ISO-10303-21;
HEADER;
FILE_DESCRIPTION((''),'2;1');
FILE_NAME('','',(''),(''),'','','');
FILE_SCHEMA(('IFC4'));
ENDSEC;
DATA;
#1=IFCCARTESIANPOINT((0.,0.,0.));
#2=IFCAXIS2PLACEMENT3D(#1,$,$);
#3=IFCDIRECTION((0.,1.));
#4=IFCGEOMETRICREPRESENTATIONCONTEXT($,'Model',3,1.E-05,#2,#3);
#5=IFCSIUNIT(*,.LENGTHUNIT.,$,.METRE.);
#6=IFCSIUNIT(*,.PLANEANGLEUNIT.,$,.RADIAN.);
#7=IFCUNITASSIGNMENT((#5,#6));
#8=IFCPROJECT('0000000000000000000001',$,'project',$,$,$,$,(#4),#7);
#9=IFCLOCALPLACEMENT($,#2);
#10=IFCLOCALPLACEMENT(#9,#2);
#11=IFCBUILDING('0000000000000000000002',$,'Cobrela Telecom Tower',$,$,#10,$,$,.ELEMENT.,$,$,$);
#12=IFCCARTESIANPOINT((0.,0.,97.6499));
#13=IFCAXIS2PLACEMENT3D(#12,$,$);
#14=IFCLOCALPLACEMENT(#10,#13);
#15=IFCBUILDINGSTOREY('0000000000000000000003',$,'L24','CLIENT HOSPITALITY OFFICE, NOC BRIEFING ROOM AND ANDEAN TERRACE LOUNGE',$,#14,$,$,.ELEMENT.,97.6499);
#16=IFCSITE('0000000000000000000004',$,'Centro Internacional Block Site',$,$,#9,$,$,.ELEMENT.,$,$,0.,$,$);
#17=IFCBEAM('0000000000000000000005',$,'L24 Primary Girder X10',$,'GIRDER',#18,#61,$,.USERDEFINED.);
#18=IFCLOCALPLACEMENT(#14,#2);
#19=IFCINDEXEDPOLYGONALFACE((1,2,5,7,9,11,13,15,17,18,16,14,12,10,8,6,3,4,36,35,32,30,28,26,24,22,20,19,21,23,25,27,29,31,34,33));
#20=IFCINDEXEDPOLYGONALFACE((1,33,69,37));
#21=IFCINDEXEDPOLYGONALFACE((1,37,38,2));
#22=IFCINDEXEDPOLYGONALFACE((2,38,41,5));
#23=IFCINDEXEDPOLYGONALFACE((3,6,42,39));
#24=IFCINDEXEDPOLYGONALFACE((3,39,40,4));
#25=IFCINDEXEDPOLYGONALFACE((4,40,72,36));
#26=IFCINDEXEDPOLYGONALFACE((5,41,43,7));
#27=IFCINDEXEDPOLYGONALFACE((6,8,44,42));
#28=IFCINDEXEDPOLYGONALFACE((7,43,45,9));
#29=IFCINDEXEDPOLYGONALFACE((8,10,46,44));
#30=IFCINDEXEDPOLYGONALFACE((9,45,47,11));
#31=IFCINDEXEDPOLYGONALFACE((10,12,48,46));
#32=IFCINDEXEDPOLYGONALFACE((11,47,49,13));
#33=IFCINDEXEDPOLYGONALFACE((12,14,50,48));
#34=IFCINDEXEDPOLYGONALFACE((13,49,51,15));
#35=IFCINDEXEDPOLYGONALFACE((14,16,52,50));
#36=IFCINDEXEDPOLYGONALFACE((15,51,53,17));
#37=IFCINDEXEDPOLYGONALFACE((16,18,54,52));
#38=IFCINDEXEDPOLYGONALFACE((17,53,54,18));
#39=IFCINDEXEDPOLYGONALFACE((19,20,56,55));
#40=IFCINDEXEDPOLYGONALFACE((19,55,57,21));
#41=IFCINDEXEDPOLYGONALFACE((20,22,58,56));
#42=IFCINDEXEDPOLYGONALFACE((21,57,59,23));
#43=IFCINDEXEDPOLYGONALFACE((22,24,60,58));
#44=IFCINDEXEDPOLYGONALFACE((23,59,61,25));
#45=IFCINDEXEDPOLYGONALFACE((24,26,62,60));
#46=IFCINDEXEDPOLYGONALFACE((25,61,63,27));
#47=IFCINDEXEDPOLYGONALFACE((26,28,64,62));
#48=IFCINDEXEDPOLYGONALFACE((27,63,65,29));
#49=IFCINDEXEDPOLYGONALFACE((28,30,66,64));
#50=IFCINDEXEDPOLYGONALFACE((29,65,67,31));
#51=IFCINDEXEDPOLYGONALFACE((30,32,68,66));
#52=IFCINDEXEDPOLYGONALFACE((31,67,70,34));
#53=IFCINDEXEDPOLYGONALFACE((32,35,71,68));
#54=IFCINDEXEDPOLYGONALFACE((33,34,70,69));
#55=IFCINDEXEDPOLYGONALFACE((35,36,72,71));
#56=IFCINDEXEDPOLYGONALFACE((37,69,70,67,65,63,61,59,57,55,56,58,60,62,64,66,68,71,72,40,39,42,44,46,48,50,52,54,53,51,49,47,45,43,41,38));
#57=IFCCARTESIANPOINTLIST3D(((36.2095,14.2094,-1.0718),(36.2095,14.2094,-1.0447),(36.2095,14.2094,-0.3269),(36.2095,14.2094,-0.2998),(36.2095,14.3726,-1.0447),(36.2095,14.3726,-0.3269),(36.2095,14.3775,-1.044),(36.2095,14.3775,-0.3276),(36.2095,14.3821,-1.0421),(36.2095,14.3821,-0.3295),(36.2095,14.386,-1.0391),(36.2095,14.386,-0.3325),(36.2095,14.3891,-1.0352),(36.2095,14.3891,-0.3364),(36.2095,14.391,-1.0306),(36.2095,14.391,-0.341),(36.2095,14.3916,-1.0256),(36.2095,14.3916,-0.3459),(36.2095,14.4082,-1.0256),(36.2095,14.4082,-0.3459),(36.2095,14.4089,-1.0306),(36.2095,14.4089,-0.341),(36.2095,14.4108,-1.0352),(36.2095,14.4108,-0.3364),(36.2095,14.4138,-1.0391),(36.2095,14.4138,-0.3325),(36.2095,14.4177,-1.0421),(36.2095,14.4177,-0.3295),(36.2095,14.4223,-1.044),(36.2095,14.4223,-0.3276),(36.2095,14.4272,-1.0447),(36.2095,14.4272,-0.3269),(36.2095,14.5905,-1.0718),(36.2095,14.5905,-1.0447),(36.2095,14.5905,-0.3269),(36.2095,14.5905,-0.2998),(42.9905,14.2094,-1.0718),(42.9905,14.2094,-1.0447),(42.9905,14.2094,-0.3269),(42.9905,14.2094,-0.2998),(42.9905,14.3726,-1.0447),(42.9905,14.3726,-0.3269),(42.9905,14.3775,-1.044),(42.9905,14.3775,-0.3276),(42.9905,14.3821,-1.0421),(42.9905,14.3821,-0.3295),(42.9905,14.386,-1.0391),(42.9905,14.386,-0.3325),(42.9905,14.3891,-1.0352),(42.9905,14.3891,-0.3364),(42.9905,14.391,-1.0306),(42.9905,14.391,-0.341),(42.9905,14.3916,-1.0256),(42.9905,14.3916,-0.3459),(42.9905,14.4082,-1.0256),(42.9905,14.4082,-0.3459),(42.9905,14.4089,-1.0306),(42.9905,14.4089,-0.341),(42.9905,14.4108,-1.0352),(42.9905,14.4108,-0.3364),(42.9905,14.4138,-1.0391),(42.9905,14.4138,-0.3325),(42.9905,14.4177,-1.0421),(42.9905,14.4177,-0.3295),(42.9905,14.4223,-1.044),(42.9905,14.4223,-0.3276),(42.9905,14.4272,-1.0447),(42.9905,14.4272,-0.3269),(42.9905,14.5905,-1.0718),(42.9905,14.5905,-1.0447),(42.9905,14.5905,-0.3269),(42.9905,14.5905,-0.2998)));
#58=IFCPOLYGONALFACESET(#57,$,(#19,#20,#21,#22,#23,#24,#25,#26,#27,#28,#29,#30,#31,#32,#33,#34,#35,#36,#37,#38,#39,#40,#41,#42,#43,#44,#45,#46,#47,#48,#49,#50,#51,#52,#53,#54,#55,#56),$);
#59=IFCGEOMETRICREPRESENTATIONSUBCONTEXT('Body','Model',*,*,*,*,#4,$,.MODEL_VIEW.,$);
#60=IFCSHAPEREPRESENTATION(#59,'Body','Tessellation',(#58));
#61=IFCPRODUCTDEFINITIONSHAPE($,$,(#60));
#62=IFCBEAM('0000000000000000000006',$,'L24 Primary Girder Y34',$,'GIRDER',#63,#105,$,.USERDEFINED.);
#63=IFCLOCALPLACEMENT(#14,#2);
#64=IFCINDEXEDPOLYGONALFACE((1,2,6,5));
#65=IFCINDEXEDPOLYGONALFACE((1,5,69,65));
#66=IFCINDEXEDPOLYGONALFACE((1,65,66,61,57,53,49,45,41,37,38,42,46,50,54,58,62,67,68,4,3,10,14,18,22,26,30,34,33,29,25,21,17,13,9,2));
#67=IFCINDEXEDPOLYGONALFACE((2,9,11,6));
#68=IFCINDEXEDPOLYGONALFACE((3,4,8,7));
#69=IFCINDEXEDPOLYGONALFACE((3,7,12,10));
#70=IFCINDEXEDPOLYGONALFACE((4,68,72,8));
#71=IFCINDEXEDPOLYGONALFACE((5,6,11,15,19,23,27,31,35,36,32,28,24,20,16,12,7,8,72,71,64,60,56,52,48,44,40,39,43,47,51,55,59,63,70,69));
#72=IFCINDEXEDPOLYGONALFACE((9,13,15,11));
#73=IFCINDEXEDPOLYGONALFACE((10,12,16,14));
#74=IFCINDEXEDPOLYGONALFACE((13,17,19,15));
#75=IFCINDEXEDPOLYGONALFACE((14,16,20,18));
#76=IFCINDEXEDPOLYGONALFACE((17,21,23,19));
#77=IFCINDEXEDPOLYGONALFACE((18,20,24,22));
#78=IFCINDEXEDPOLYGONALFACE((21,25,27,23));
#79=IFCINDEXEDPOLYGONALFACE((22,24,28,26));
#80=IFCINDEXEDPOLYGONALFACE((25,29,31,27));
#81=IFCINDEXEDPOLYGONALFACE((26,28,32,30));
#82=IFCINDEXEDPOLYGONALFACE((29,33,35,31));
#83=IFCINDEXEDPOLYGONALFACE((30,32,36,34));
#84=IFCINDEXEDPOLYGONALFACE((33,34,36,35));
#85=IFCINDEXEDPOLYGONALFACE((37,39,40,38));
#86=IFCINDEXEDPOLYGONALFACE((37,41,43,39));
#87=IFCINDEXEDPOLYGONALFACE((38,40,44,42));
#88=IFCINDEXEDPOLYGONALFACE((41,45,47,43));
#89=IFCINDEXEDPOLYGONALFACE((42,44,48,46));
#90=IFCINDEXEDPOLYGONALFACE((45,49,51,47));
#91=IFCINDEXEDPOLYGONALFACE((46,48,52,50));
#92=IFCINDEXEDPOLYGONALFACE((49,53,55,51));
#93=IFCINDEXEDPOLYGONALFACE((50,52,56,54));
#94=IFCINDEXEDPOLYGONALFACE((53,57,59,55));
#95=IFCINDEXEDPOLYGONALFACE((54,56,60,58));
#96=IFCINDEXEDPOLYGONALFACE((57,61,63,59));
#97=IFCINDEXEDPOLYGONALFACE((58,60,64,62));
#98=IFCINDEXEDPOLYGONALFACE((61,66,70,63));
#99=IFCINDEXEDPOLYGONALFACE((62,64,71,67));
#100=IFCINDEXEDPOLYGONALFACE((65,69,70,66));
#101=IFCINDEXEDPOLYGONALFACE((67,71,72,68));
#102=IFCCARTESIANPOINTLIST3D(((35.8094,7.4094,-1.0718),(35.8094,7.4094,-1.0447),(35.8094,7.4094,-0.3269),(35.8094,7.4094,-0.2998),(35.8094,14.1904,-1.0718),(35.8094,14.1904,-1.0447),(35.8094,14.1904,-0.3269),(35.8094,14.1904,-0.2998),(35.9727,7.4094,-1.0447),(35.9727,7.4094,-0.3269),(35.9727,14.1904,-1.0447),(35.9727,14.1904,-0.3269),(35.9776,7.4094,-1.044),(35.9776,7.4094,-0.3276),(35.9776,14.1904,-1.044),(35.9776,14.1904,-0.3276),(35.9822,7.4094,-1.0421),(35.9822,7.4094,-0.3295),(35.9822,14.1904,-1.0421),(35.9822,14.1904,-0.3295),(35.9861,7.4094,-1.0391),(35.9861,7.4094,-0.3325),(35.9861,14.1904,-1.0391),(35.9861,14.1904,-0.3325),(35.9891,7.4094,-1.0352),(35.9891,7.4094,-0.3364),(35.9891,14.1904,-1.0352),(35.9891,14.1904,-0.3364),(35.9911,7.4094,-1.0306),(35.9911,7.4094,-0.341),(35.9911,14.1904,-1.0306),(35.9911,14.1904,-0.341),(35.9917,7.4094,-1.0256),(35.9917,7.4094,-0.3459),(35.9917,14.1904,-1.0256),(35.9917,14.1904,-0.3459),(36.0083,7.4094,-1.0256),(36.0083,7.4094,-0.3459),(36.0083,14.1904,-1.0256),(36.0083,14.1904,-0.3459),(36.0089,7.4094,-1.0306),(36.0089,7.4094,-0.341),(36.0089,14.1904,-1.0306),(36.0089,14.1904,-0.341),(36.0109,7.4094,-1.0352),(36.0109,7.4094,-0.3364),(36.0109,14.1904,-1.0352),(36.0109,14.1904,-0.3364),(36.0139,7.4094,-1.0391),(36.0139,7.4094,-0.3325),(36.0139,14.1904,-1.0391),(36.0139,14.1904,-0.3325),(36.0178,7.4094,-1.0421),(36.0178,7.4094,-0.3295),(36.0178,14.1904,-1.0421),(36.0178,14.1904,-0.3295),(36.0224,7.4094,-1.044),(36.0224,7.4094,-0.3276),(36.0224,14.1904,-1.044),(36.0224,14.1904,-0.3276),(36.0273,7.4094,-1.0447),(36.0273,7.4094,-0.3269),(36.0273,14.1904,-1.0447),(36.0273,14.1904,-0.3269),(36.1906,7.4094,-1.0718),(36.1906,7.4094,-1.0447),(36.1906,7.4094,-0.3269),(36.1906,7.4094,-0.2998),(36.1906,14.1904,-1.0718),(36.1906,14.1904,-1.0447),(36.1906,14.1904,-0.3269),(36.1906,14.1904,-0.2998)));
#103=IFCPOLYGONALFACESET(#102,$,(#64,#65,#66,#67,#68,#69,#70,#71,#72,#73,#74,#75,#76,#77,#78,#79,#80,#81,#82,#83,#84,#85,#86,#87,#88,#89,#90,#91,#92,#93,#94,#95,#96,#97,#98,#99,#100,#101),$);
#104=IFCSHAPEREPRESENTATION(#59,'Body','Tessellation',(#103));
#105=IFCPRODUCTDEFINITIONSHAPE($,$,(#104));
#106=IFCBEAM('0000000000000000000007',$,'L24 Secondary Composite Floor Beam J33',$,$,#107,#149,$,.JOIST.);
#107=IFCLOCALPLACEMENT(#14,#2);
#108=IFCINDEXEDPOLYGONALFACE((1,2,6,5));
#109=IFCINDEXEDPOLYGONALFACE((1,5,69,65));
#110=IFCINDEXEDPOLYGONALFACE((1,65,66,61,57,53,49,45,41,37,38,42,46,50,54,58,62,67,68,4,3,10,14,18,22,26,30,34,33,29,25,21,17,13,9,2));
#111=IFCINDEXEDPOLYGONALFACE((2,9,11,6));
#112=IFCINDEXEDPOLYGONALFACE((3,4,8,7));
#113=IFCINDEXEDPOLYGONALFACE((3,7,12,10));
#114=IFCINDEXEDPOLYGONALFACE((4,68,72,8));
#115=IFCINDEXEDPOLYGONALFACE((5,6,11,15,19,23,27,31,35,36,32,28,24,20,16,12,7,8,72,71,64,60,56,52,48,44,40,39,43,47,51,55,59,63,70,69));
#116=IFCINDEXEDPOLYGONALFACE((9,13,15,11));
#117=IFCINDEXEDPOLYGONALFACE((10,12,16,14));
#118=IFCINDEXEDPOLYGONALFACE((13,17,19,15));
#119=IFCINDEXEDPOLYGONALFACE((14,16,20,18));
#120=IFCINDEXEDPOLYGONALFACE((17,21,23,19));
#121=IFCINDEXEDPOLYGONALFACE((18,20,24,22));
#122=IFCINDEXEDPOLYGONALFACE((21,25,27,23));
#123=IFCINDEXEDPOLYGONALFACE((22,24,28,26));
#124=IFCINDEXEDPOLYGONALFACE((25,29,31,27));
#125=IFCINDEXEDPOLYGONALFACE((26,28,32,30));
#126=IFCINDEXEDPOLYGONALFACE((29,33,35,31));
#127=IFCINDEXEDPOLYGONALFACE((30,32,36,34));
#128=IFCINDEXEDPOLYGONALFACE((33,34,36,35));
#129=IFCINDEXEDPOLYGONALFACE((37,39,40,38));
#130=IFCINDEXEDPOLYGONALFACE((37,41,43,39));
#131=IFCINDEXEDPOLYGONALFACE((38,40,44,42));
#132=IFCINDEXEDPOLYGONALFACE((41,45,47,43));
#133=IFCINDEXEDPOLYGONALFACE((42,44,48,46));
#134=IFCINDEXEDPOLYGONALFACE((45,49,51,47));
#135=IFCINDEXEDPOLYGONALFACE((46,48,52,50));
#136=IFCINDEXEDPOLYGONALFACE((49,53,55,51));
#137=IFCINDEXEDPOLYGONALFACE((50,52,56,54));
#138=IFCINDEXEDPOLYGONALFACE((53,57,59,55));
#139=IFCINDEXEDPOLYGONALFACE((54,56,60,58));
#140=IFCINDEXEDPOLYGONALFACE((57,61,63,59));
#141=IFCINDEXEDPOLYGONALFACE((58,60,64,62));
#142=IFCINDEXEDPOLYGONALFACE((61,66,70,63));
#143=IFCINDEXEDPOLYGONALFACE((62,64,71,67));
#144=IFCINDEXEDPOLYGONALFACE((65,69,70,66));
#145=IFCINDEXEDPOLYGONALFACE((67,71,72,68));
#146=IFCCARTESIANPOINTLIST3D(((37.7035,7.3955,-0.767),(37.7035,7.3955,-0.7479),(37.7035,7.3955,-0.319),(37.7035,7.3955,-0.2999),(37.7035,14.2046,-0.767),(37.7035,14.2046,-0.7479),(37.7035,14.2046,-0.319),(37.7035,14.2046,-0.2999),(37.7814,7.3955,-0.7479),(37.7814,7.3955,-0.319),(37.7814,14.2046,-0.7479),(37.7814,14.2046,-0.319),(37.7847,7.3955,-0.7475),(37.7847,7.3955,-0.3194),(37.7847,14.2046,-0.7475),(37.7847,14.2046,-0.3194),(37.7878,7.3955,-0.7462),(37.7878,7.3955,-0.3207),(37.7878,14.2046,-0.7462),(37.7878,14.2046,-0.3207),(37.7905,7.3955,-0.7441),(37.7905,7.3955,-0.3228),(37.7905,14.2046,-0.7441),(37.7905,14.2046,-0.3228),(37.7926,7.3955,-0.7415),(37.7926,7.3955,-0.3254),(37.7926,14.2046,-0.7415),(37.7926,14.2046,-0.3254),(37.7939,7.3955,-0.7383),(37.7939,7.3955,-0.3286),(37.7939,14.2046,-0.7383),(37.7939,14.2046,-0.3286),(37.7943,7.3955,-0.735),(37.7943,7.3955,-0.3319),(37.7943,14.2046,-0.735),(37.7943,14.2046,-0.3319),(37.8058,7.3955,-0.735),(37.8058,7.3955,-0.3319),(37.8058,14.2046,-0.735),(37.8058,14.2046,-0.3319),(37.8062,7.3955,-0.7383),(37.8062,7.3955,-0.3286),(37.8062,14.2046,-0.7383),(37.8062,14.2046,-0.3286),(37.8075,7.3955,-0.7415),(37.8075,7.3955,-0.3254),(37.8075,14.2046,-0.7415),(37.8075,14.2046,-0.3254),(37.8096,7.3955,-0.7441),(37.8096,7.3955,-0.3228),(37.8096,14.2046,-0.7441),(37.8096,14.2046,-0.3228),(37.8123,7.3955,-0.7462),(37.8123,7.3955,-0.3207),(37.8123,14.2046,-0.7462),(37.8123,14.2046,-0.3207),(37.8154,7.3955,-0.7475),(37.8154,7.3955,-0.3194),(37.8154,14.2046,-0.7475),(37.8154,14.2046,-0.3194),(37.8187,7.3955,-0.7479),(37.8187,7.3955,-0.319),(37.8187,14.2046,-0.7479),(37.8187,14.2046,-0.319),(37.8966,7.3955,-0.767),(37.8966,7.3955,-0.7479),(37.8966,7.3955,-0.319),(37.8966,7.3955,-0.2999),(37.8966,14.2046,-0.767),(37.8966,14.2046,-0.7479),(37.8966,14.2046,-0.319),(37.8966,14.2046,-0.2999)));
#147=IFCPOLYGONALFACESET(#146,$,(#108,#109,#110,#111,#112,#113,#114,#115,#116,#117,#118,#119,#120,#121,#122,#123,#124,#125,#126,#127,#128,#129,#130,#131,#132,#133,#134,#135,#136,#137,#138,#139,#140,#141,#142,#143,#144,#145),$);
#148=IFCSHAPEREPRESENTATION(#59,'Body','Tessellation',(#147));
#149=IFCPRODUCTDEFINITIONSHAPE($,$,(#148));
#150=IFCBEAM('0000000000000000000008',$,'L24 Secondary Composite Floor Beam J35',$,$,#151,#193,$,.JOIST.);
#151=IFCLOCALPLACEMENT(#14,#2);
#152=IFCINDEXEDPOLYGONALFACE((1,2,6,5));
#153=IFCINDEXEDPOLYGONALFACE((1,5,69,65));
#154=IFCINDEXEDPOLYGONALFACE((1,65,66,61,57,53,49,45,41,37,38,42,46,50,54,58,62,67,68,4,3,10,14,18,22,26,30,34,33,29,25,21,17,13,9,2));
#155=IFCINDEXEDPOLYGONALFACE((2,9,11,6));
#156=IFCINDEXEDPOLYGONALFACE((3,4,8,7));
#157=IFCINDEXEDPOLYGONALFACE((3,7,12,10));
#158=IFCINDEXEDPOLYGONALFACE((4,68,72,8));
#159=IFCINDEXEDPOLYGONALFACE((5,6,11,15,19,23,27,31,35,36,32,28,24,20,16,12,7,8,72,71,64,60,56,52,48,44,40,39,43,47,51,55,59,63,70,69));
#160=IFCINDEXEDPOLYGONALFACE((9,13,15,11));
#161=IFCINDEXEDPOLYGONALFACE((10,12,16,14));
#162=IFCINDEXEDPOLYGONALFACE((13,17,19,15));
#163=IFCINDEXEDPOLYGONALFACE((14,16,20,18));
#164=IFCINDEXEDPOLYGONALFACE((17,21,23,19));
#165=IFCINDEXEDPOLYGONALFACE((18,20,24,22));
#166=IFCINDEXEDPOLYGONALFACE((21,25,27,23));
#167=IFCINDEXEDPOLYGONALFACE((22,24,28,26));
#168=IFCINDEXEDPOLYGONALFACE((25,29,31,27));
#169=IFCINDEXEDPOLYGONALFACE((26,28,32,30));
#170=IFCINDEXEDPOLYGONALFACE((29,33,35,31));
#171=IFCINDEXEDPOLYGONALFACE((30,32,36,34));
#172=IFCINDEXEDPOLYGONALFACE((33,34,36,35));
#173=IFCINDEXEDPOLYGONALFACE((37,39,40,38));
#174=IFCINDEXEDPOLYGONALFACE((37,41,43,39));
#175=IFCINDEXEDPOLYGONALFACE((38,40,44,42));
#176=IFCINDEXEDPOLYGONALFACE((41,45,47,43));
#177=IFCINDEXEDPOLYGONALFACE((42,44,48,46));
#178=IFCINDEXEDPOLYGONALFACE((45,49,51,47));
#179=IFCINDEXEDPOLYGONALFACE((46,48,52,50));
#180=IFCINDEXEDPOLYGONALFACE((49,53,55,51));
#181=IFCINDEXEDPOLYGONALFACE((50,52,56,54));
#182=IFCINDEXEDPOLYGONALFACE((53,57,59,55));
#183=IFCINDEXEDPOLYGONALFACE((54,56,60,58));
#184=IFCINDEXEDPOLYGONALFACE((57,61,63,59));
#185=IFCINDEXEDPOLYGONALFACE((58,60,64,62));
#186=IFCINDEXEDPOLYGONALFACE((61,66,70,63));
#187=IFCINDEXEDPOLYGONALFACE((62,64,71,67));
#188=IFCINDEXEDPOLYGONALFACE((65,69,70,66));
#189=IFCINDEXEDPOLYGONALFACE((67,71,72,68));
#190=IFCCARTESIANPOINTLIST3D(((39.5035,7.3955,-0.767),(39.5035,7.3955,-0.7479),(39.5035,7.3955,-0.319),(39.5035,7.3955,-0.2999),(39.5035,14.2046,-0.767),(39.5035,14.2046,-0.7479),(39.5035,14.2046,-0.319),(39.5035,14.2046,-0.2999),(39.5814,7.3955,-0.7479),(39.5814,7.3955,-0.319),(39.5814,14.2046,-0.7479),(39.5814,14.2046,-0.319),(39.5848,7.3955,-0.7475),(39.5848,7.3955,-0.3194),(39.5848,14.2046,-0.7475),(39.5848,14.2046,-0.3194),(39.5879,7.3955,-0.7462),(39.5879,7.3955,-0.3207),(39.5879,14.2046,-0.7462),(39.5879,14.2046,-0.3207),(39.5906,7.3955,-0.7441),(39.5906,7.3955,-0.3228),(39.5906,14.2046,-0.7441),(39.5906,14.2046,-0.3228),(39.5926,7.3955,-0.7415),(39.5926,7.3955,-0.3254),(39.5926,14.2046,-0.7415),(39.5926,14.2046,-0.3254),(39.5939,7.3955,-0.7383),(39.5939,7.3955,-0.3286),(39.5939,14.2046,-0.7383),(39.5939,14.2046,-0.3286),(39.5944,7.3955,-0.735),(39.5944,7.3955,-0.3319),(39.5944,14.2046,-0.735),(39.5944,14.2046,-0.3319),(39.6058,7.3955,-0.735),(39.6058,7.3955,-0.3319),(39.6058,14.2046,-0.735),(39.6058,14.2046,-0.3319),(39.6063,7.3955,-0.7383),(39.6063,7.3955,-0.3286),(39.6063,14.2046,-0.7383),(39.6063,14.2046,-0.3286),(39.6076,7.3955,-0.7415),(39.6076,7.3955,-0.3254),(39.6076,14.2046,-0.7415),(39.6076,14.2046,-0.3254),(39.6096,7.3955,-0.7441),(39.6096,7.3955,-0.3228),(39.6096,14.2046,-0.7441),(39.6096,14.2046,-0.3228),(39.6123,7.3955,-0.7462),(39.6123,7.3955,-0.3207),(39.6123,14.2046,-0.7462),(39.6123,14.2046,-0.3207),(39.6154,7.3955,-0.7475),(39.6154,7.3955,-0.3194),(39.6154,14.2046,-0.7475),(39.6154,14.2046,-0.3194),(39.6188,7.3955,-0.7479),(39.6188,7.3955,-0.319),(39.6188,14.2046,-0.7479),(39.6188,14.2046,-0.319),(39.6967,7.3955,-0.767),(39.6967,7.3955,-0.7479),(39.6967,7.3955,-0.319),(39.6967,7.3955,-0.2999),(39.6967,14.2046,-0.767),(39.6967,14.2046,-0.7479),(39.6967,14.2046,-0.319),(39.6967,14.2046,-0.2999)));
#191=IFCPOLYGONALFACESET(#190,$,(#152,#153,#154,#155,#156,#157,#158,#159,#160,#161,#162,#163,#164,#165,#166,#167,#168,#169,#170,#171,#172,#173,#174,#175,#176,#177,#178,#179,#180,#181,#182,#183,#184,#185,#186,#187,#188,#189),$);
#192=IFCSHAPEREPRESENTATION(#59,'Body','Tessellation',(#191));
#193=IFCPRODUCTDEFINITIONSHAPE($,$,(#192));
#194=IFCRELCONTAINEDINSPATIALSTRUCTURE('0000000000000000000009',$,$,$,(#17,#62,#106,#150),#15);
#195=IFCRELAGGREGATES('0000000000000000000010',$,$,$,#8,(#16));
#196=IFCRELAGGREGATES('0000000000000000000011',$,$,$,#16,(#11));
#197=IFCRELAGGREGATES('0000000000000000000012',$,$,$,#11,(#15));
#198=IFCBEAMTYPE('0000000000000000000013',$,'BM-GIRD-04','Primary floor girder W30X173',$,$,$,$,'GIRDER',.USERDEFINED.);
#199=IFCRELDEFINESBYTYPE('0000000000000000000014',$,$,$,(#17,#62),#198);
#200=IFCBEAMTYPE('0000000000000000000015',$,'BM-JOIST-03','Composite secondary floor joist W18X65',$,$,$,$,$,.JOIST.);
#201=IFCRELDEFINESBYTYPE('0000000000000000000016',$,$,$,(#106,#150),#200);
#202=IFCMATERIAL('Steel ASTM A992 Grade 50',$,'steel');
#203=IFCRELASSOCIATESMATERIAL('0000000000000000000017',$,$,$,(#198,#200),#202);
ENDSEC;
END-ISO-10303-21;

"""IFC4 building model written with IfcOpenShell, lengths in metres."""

from ifc_helpers import new_model, si_unit, direction, frame, origin, origin_2d, place, context, subcontext, project, spatial, i_section, extrude, material, material_profile, profile_set, type_object, element, save


model = new_model("IFC4")

# Units and contexts
model_context = context("Model", 3, precision=1e-05, world=origin(), true_north=direction((0.0, 1.0)))
body_context = subcontext(model_context, "Body", "Model", "MODEL_VIEW")
ifc_project = project(units=[si_unit("LENGTHUNIT", "METRE"), si_unit("PLANEANGLEUNIT", "RADIAN")], contexts=[model_context])

# Site, building, storey
site_placement = place(None, origin())
site = spatial("IfcSite", under=ifc_project, at=site_placement, Name="Centro Internacional Block Site", CompositionType="ELEMENT", RefElevation=0.0)
building_placement = place(site_placement, origin())
building = spatial("IfcBuilding", under=site, at=building_placement, Name="Cobrela Telecom Tower", CompositionType="ELEMENT")
storey_placement = place(building_placement, frame((0.0, 0.0, 97.6499)))
storey = spatial("IfcBuildingStorey", under=building, at=storey_placement, Name="L24", Description="CLIENT HOSPITALITY OFFICE, NOC BRIEFING ROOM AND ANDEAN TERRACE LOUNGE", CompositionType="ELEMENT", Elevation=97.6499)

# Shared definitions
ifc_material_1 = material(Name="Steel ASTM A992 Grade 50", Category="steel")

# Beams
ifc_material_profile_1 = material_profile(ifc_material_1, i_section(OverallWidth=0.3811, OverallDepth=0.772, WebThickness=0.0166, FlangeThickness=0.0271, FilletRadius=0.019, at=origin_2d()), Name="W30X173")
ifc_profile_set_1 = profile_set([ifc_material_profile_1], Name="Steel ASTM A992 Grade 50")
beam_type_1 = type_object("IfcBeamType", Name="BM-GIRD-04", Description="Primary floor girder W30X173", ElementType="GIRDER", PredefinedType="USERDEFINED", material=ifc_profile_set_1)
for number, where, z_axis, x_axis, name in (
    (1, (36.2095, 14.3999, -0.6858), (1.0, 0.0, 0.0), (0.0, 1.0, 0.0), "L24 Primary Girder X10"),
    (2, (36.0, 7.4094, -0.6858), (0.0, 1.0, 0.0), (-1.0, 0.0, 0.0), "L24 Primary Girder Y34"),
):
    element("IfcBeam", number, at=place(storey_placement, frame(where, z_axis=z_axis, x_axis=x_axis)), inside=storey, type_object=beam_type_1, Name=name, ObjectType="GIRDER", PredefinedType="USERDEFINED", context=body_context, shape_type="SweptSolid", body=[
        extrude(i_section(OverallWidth=0.3811, OverallDepth=0.772, WebThickness=0.0166, FlangeThickness=0.0271, FilletRadius=0.019, at=origin_2d()), origin(), (0.0, 0.0, 1.0), 6.781),
    ])
ifc_material_profile_2 = material_profile(ifc_material_1, i_section(OverallWidth=0.1931, OverallDepth=0.467, WebThickness=0.0115, FlangeThickness=0.019, FilletRadius=0.0129, at=origin_2d()), Name="W18X65")
ifc_profile_set_2 = profile_set([ifc_material_profile_2], Name="Steel ASTM A992 Grade 50")
beam_type_2 = type_object("IfcBeamType", Name="BM-JOIST-03", Description="Composite secondary floor joist W18X65", PredefinedType="JOIST", material=ifc_profile_set_2)
for number, where, z_axis, x_axis, name in (
    (3, (37.8, 7.3955, -0.5334), (0.0, 1.0, 0.0), (-1.0, 0.0, 0.0), "L24 Secondary Composite Floor Beam J33"),
    (4, (39.6001, 7.3955, -0.5334), (0.0, 1.0, 0.0), (-1.0, 0.0, 0.0), "L24 Secondary Composite Floor Beam J35"),
):
    element("IfcBeam", number, at=place(storey_placement, frame(where, z_axis=z_axis, x_axis=x_axis)), inside=storey, type_object=beam_type_2, Name=name, PredefinedType="JOIST", context=body_context, shape_type="SweptSolid", body=[
        extrude(i_section(OverallWidth=0.1931, OverallDepth=0.467, WebThickness=0.0115, FlangeThickness=0.019, FilletRadius=0.0129, at=origin_2d()), origin(), (0.0, 0.0, 1.0), 6.8091),
    ])

save(model, "model.ifc")
